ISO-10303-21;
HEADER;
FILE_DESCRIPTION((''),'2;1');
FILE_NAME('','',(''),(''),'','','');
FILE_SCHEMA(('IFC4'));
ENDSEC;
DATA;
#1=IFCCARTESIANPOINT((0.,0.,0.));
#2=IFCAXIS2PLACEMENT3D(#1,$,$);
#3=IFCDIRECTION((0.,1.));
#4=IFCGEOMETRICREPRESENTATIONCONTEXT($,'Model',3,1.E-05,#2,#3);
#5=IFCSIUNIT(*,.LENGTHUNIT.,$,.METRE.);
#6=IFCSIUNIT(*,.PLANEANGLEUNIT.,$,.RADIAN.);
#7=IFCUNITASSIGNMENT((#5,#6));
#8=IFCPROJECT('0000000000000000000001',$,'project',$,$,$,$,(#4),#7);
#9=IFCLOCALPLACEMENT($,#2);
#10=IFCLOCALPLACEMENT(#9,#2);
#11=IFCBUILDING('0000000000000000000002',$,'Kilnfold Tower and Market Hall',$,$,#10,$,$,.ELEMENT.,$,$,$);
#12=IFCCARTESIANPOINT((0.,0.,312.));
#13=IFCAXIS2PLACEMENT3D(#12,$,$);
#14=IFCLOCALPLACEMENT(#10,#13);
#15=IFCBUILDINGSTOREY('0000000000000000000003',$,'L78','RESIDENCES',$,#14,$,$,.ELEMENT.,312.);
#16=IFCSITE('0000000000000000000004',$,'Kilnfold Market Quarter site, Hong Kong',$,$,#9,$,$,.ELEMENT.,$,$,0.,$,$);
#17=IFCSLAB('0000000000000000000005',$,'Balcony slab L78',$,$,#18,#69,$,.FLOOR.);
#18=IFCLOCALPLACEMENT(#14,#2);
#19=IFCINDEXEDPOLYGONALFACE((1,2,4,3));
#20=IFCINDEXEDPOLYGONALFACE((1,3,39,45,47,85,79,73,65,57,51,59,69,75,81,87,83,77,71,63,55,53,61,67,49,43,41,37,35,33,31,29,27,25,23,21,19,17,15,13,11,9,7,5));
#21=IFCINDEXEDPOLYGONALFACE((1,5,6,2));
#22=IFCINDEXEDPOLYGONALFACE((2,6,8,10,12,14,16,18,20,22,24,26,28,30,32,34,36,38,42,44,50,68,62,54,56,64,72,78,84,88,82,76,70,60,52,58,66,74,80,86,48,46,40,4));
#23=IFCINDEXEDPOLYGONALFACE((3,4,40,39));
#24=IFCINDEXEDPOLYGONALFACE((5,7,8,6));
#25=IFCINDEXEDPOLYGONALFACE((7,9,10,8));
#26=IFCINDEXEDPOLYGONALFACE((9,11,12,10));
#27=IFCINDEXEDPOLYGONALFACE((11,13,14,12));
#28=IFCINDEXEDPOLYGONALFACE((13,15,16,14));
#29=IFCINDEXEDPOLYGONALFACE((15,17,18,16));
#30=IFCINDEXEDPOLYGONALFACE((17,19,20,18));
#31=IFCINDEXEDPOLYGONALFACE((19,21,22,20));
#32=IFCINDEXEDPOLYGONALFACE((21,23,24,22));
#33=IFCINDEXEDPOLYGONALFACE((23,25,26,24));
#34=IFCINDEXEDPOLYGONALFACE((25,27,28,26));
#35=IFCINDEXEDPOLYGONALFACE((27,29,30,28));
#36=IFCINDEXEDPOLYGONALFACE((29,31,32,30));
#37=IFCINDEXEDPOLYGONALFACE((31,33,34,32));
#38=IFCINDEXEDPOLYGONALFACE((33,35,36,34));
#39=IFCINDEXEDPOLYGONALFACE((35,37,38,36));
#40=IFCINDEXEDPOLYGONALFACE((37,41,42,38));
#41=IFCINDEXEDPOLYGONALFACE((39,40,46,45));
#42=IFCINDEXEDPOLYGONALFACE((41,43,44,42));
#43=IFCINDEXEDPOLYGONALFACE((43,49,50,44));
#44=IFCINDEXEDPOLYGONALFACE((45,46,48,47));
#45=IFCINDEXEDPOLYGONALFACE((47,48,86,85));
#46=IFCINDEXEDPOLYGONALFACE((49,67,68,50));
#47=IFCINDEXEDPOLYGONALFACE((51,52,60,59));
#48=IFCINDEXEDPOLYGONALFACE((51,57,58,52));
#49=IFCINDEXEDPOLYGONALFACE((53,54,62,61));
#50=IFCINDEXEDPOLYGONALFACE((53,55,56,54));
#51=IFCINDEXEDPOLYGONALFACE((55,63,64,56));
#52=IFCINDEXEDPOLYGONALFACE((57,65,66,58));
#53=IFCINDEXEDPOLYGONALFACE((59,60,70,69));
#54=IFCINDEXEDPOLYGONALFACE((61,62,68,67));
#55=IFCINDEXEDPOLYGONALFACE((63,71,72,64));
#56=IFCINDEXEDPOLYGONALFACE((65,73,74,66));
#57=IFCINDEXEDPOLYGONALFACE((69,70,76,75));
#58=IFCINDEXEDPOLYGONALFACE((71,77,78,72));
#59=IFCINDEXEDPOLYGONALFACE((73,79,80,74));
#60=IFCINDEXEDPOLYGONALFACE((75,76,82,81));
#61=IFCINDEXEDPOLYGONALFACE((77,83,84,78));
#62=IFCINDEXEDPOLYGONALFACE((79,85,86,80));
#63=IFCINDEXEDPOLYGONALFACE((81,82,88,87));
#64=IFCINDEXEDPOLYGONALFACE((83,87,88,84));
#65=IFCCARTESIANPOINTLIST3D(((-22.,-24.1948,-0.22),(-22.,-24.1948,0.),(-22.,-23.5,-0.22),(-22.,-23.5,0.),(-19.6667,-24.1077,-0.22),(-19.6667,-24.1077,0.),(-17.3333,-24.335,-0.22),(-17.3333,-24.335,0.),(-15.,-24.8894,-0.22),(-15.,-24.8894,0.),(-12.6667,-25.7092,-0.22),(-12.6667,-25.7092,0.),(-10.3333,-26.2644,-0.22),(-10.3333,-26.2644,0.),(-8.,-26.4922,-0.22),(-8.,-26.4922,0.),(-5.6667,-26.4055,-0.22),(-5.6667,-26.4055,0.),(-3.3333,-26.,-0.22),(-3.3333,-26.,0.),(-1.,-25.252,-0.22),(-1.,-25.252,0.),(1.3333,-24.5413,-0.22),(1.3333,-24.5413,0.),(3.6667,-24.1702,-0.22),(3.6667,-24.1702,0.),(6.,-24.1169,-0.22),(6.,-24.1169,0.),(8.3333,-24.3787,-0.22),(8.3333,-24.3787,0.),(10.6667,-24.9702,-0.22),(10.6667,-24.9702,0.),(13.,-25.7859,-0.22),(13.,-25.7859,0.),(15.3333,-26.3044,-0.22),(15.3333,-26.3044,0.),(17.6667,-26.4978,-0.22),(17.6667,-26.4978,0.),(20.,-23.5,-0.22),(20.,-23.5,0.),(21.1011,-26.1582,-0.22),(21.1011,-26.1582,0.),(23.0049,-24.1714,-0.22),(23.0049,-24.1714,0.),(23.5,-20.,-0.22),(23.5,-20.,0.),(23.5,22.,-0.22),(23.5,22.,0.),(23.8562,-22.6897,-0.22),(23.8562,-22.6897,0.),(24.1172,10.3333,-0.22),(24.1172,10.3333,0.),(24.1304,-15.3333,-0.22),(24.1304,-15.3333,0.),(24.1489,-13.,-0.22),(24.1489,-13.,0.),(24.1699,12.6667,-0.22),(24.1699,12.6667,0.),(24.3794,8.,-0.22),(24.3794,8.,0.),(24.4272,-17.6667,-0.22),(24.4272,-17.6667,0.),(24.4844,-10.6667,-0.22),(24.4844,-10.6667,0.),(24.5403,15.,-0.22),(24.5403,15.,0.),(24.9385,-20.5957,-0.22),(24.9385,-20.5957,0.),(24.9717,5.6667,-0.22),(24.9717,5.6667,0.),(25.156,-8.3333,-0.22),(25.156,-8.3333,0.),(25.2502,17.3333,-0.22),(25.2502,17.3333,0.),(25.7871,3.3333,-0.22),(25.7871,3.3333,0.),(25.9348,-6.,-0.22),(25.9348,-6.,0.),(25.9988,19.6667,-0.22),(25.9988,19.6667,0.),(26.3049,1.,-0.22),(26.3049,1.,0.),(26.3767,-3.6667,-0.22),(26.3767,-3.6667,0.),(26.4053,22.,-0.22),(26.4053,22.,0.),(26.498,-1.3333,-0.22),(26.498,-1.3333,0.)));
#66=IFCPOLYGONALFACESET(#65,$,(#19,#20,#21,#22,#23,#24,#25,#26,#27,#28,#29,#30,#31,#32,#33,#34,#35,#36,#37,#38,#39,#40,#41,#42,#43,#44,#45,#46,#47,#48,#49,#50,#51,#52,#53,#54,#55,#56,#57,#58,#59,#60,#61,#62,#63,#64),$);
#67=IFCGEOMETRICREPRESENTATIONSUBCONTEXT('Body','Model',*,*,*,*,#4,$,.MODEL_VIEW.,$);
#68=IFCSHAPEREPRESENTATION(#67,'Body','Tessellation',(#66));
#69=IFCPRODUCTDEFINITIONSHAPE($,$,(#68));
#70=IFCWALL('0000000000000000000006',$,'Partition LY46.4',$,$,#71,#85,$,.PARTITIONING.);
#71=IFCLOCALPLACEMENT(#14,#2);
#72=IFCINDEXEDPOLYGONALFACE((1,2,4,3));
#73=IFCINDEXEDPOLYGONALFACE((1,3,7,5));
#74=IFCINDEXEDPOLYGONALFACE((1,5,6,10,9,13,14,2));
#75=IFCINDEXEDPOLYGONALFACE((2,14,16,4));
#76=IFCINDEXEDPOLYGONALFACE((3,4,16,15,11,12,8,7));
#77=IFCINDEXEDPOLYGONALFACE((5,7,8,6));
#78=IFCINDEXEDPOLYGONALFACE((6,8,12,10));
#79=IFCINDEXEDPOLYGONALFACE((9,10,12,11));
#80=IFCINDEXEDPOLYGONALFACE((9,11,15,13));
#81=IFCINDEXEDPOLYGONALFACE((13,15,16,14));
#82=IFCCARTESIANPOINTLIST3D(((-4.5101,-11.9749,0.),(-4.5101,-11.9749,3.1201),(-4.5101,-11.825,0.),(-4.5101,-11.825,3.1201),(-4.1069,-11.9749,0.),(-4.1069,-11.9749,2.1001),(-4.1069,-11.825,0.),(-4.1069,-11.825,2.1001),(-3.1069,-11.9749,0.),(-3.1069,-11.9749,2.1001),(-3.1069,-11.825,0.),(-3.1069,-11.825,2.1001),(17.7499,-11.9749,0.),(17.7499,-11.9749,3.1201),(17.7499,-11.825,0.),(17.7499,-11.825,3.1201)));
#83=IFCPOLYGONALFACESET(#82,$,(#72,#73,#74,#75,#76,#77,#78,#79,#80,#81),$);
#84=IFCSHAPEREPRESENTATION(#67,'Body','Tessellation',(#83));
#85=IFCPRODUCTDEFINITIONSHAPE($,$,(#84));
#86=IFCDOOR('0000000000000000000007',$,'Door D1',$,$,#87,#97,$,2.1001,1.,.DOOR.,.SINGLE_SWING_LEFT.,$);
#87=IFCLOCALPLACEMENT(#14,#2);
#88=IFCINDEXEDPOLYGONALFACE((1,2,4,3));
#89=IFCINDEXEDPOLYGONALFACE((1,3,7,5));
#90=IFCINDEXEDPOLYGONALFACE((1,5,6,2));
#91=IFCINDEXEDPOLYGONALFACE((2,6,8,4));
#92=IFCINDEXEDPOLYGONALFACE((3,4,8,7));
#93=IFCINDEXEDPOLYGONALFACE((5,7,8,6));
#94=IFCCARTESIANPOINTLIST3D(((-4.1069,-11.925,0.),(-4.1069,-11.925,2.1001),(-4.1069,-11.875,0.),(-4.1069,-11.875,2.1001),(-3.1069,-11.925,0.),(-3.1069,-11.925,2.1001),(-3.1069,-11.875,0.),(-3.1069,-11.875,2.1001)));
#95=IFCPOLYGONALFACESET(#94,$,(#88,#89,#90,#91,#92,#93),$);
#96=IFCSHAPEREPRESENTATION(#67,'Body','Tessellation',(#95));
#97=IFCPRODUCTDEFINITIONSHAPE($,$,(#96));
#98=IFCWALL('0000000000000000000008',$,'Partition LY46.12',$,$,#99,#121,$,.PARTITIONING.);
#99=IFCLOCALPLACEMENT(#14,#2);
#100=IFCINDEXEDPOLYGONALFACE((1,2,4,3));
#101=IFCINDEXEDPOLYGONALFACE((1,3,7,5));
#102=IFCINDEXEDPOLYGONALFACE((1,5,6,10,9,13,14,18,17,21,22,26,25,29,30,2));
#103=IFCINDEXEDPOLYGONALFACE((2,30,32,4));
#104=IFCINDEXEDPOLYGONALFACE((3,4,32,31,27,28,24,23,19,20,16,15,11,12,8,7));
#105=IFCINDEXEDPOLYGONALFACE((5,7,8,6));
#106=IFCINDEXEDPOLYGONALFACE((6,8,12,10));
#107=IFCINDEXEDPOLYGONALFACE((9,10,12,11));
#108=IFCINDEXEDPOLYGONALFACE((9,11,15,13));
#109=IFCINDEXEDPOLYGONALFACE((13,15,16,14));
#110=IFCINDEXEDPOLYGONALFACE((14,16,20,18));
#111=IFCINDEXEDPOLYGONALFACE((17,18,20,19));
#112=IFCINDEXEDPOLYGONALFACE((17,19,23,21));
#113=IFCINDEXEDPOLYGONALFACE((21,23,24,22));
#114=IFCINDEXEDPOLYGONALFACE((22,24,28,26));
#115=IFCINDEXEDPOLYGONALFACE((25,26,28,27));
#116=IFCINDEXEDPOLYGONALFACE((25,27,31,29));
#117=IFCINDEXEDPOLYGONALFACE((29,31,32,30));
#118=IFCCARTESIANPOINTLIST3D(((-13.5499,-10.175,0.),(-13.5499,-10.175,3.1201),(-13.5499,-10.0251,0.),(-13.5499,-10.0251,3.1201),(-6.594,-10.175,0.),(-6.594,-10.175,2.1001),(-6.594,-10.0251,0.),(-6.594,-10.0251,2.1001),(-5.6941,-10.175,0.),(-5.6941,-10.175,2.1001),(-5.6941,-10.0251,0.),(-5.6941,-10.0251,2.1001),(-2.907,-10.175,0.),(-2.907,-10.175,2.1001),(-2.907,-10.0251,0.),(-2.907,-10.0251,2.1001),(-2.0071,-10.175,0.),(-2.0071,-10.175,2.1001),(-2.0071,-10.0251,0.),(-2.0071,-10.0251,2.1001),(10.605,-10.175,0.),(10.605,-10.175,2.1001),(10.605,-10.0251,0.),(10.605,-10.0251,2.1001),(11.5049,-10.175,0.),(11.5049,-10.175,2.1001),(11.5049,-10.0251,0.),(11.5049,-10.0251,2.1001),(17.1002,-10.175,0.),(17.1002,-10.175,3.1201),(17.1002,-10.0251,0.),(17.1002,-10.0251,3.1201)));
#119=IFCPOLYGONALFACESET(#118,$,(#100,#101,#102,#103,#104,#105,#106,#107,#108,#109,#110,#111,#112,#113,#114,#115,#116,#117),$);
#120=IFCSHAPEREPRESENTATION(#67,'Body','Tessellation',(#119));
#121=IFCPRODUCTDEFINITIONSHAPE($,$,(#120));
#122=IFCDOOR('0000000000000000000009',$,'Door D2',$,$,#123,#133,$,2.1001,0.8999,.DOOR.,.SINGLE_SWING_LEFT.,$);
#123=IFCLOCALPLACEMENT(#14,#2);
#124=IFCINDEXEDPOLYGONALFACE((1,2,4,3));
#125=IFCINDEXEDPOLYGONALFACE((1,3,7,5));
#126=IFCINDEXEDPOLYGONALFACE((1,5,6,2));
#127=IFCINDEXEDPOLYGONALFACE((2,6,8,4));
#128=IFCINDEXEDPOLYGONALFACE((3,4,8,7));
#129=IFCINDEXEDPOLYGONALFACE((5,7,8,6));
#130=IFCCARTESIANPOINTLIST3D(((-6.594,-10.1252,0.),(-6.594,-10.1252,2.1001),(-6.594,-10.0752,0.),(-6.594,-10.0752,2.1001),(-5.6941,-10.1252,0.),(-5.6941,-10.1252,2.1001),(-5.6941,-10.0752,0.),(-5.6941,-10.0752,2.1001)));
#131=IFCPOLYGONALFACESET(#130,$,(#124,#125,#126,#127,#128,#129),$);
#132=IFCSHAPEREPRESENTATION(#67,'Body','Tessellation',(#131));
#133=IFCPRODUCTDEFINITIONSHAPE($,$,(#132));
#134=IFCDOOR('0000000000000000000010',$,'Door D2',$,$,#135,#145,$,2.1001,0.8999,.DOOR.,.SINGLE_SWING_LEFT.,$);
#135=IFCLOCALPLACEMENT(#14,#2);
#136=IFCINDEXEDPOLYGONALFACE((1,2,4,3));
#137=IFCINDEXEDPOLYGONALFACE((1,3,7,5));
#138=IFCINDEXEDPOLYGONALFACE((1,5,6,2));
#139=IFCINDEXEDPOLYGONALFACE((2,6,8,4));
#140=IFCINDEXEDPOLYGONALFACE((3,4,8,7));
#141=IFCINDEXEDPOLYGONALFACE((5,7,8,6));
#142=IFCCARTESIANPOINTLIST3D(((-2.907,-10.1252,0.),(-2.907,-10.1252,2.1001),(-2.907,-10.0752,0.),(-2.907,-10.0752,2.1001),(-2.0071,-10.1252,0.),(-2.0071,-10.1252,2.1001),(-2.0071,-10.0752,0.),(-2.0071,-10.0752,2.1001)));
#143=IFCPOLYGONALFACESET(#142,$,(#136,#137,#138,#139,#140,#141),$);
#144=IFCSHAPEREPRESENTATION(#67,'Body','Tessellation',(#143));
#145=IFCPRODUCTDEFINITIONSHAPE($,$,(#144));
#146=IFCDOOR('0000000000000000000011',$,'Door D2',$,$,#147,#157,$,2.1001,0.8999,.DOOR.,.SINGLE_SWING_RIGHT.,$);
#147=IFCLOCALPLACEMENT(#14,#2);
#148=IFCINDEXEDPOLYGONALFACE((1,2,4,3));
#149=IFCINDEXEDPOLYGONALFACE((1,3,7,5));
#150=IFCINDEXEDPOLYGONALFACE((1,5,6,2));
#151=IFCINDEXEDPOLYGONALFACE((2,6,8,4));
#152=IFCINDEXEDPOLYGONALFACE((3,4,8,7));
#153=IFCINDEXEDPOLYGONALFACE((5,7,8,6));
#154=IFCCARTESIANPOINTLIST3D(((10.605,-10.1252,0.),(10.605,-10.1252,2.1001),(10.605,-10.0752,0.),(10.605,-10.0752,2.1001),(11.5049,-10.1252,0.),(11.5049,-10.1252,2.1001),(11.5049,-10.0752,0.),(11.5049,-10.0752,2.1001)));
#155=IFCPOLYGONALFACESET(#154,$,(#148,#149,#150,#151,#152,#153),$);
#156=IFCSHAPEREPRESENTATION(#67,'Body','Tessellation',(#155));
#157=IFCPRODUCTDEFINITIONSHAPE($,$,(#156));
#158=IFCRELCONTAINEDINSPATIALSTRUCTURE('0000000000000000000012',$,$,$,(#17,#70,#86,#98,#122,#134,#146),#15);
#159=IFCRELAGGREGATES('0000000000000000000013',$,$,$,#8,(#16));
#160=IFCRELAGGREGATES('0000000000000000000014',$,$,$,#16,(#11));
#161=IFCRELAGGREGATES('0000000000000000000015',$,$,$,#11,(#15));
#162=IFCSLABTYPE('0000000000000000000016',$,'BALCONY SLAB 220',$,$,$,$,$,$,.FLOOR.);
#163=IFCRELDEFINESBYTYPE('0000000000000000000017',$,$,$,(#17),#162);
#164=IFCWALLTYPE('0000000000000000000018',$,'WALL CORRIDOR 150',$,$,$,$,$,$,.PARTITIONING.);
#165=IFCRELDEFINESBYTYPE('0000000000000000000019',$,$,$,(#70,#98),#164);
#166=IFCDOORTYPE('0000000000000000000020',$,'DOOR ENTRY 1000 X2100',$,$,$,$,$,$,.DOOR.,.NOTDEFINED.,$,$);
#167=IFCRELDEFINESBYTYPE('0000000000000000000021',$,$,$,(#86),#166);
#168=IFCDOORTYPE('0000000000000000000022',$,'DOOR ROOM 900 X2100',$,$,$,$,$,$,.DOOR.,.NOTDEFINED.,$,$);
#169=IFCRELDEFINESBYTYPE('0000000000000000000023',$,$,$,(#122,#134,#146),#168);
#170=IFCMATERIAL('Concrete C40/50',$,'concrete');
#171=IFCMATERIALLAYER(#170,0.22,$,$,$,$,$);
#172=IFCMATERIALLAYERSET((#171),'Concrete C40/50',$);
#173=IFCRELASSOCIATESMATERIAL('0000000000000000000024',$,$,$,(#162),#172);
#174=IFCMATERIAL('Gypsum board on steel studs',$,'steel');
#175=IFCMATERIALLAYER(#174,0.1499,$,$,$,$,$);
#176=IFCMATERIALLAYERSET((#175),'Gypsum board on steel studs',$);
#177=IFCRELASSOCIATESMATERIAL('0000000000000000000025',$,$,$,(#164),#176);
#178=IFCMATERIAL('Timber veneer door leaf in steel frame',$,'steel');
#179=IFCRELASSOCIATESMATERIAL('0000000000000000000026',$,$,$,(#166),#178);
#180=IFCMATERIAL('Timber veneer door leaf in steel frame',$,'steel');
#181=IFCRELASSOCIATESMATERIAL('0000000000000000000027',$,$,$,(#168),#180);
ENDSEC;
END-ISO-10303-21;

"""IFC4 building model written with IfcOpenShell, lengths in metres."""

from ifc_helpers import new_model, si_unit, direction, frame, frame_2d, origin, place, context, subcontext, project, spatial, polyline, rectangle, outline, extrude, source, transform, mapped, material, layer, layer_set, type_object, element, fill, save


model = new_model("IFC4")

# Units and contexts
model_context = context("Model", 3, precision=1e-05, world=origin(), true_north=direction((0.0, 1.0)))
body_context = subcontext(model_context, "Body", "Model", "MODEL_VIEW")
ifc_project = project(units=[si_unit("LENGTHUNIT", "METRE"), si_unit("PLANEANGLEUNIT", "RADIAN")], contexts=[model_context])

# Site, building, storey
site_placement = place(None, origin())
site = spatial("IfcSite", under=ifc_project, at=site_placement, Name="Kilnfold Market Quarter site, Hong Kong", CompositionType="ELEMENT", RefElevation=0.0)
building_placement = place(site_placement, origin())
building = spatial("IfcBuilding", under=site, at=building_placement, Name="Kilnfold Tower and Market Hall", CompositionType="ELEMENT")
storey_placement = place(building_placement, frame((0.0, 0.0, 312.0)))
storey = spatial("IfcBuildingStorey", under=building, at=storey_placement, Name="L78", Description="RESIDENCES", CompositionType="ELEMENT", Elevation=312.0)

# Slab
ifc_material_1 = material(Name="Concrete C40/50", Category="concrete")
ifc_layer_1 = layer(ifc_material_1, 0.22)
ifc_layer_set_1 = layer_set([ifc_layer_1], Name="Concrete C40/50")
slab_type_1 = type_object("IfcSlabType", Name="BALCONY SLAB 220", PredefinedType="FLOOR", material=ifc_layer_set_1)
shared_shape_1 = source(origin(), body_context, "Body", "SweptSolid", [
    extrude(outline(polyline([(-22.0, -23.5), (20.0, -23.5), (23.5, -20.0), (23.5, 22.0), (26.4053, 22.0), (25.9988, 19.6667), (25.2502, 17.3333), (24.5403, 15.0), (24.1699, 12.6667), (24.1172, 10.3333), (24.3794, 8.0), (24.9717, 5.6667), (25.7871, 3.3333), (26.3049, 1.0), (26.498, -1.3333), (26.3767, -3.6667), (25.9348, -6.0), (25.156, -8.3333), (24.4844, -10.6667), (24.1489, -13.0), (24.1304, -15.3333), (24.4272, -17.6667), (24.9385, -20.5957), (23.8562, -22.6897), (23.0049, -24.1714), (21.1011, -26.1582), (17.6667, -26.4978), (15.3333, -26.3044), (13.0, -25.7859), (10.6667, -24.9702), (8.3333, -24.3787), (6.0, -24.1169), (3.6667, -24.1702), (1.3333, -24.5413), (-1.0, -25.252), (-3.3333, -26.0), (-5.6667, -26.4055), (-8.0, -26.4922), (-10.3333, -26.2644), (-12.6667, -25.7092), (-15.0, -24.8894), (-17.3333, -24.335), (-19.6667, -24.1077), (-22.0, -24.1948), (-22.0, -23.5)])), origin(), (0.0, 0.0, 1.0), 0.22),
])
slab_1_placement = place(storey_placement, frame((0.0, 0.0, -0.22)))
element("IfcSlab", 1, at=slab_1_placement, inside=storey, type_object=slab_type_1, Name="Balcony slab L78", PredefinedType="FLOOR", context=body_context, shape_type="MappedRepresentation", body=[
    mapped(shared_shape_1, transform((0.0, 0.0, 0.0))),
])

# Wall, opening, door
ifc_material_2 = material(Name="Gypsum board on steel studs", Category="steel")
ifc_layer_2 = layer(ifc_material_2, 0.1499)
ifc_layer_set_2 = layer_set([ifc_layer_2], Name="Gypsum board on steel studs")
wall_type_1 = type_object("IfcWallType", Name="WALL CORRIDOR 150", PredefinedType="PARTITIONING", material=ifc_layer_set_2)
wall_1_placement = place(storey_placement, frame((-4.51, -11.8999, 0.0), z_axis=(0.0, 0.0, 1.0), x_axis=(1.0, 0.0, 0.0)))
wall_1 = element("IfcWall", 2, at=wall_1_placement, inside=storey, type_object=wall_type_1, Name="Partition LY46.4", PredefinedType="PARTITIONING", context=body_context, shape_type="SweptSolid", body=[
    extrude(rectangle(XDim=22.26, YDim=0.1499, at=frame_2d((11.1299, 0.0))), origin(), (0.0, 0.0, 1.0), 3.1201),
])
opening_1_placement = place(wall_1_placement, frame((0.4031, 0.0, 0.0)))
opening_1 = element("IfcOpeningElement", 3, at=opening_1_placement, cuts=wall_1, PredefinedType="OPENING", context=body_context, shape_type="SweptSolid", body=[
    extrude(rectangle(XDim=1.0, YDim=2.1001, at=frame_2d((0.5, 1.05))), frame((0.0, 0.085, 0.0), z_axis=(0.0, -1.0, 0.0), x_axis=(1.0, 0.0, 0.0)), (0.0, 0.0, 1.0), 0.1699),
])
ifc_material_3 = material(Name="Timber veneer door leaf in steel frame", Category="steel")
door_type_1 = type_object("IfcDoorType", Name="DOOR ENTRY 1000 X2100", OperationType="NOTDEFINED", PredefinedType="DOOR", material=ifc_material_3)
door_1_placement = place(opening_1_placement, origin())
door_1 = element("IfcDoor", 4, at=door_1_placement, inside=storey, type_object=door_type_1, Name="Door D1", OperationType="SINGLE_SWING_LEFT", OverallHeight=2.1001, OverallWidth=1.0, PredefinedType="DOOR", context=body_context, shape_type="SweptSolid", body=[
    extrude(rectangle(XDim=1.0, YDim=2.1001, at=frame_2d((0.5, 1.05))), frame((0.0, 0.0249, 0.0), z_axis=(0.0, -1.0, 0.0), x_axis=(1.0, 0.0, 0.0)), (0.0, 0.0, 1.0), 0.05),
])
fill(opening_1, door_1)

# Wall, openings, doors
wall_2_placement = place(storey_placement, frame((-13.55, -10.1001, 0.0), z_axis=(0.0, 0.0, 1.0), x_axis=(1.0, 0.0, 0.0)))
wall_2 = element("IfcWall", 5, at=wall_2_placement, inside=storey, type_object=wall_type_1, Name="Partition LY46.12", PredefinedType="PARTITIONING", context=body_context, shape_type="SweptSolid", body=[
    extrude(rectangle(XDim=30.6501, YDim=0.1499, at=frame_2d((15.3252, 0.0))), origin(), (0.0, 0.0, 1.0), 3.1201),
])
opening_2_placement = place(wall_2_placement, frame((6.9561, 0.0, 0.0)))
opening_2 = element("IfcOpeningElement", 6, at=opening_2_placement, cuts=wall_2, PredefinedType="OPENING", context=body_context, shape_type="SweptSolid", body=[
    extrude(rectangle(XDim=0.8999, YDim=2.1001, at=frame_2d((0.45, 1.05))), frame((0.0, 0.085, 0.0), z_axis=(0.0, -1.0, 0.0), x_axis=(1.0, 0.0, 0.0)), (0.0, 0.0, 1.0), 0.1699),
])
opening_3_placement = place(wall_2_placement, frame((10.6431, 0.0, 0.0)))
opening_3 = element("IfcOpeningElement", 7, at=opening_3_placement, cuts=wall_2, PredefinedType="OPENING", context=body_context, shape_type="SweptSolid", body=[
    extrude(rectangle(XDim=0.8999, YDim=2.1001, at=frame_2d((0.45, 1.05))), frame((0.0, 0.085, 0.0), z_axis=(0.0, -1.0, 0.0), x_axis=(1.0, 0.0, 0.0)), (0.0, 0.0, 1.0), 0.1699),
])
opening_4_placement = place(wall_2_placement, frame((24.155, 0.0, 0.0)))
opening_4 = element("IfcOpeningElement", 8, at=opening_4_placement, cuts=wall_2, PredefinedType="OPENING", context=body_context, shape_type="SweptSolid", body=[
    extrude(rectangle(XDim=0.8999, YDim=2.1001, at=frame_2d((0.45, 1.05))), frame((0.0, 0.085, 0.0), z_axis=(0.0, -1.0, 0.0), x_axis=(1.0, 0.0, 0.0)), (0.0, 0.0, 1.0), 0.1699),
])
ifc_material_4 = material(Name="Timber veneer door leaf in steel frame", Category="steel")
door_type_2 = type_object("IfcDoorType", Name="DOOR ROOM 900 X2100", OperationType="NOTDEFINED", PredefinedType="DOOR", material=ifc_material_4)
door_2_placement = place(opening_2_placement, origin())
door_2 = element("IfcDoor", 9, at=door_2_placement, inside=storey, type_object=door_type_2, Name="Door D2", OperationType="SINGLE_SWING_LEFT", OverallHeight=2.1001, OverallWidth=0.8999, PredefinedType="DOOR", context=body_context, shape_type="SweptSolid", body=[
    extrude(rectangle(XDim=0.8999, YDim=2.1001, at=frame_2d((0.45, 1.05))), frame((0.0, 0.0249, 0.0), z_axis=(0.0, -1.0, 0.0), x_axis=(1.0, 0.0, 0.0)), (0.0, 0.0, 1.0), 0.05),
])
fill(opening_2, door_2)
door_3_placement = place(opening_3_placement, origin())
door_3 = element("IfcDoor", 10, at=door_3_placement, inside=storey, type_object=door_type_2, Name="Door D2", OperationType="SINGLE_SWING_LEFT", OverallHeight=2.1001, OverallWidth=0.8999, PredefinedType="DOOR", context=body_context, shape_type="SweptSolid", body=[
    extrude(rectangle(XDim=0.8999, YDim=2.1001, at=frame_2d((0.45, 1.05))), frame((0.0, 0.0249, 0.0), z_axis=(0.0, -1.0, 0.0), x_axis=(1.0, 0.0, 0.0)), (0.0, 0.0, 1.0), 0.05),
])
fill(opening_3, door_3)
door_4_placement = place(opening_4_placement, origin())
door_4 = element("IfcDoor", 11, at=door_4_placement, inside=storey, type_object=door_type_2, Name="Door D2", OperationType="SINGLE_SWING_RIGHT", OverallHeight=2.1001, OverallWidth=0.8999, PredefinedType="DOOR", context=body_context, shape_type="SweptSolid", body=[
    extrude(rectangle(XDim=0.8999, YDim=2.1001, at=frame_2d((0.45, 1.05))), frame((0.0, 0.0249, 0.0), z_axis=(0.0, -1.0, 0.0), x_axis=(1.0, 0.0, 0.0)), (0.0, 0.0, 1.0), 0.05),
])
fill(opening_4, door_4)

save(model, "model.ifc")
